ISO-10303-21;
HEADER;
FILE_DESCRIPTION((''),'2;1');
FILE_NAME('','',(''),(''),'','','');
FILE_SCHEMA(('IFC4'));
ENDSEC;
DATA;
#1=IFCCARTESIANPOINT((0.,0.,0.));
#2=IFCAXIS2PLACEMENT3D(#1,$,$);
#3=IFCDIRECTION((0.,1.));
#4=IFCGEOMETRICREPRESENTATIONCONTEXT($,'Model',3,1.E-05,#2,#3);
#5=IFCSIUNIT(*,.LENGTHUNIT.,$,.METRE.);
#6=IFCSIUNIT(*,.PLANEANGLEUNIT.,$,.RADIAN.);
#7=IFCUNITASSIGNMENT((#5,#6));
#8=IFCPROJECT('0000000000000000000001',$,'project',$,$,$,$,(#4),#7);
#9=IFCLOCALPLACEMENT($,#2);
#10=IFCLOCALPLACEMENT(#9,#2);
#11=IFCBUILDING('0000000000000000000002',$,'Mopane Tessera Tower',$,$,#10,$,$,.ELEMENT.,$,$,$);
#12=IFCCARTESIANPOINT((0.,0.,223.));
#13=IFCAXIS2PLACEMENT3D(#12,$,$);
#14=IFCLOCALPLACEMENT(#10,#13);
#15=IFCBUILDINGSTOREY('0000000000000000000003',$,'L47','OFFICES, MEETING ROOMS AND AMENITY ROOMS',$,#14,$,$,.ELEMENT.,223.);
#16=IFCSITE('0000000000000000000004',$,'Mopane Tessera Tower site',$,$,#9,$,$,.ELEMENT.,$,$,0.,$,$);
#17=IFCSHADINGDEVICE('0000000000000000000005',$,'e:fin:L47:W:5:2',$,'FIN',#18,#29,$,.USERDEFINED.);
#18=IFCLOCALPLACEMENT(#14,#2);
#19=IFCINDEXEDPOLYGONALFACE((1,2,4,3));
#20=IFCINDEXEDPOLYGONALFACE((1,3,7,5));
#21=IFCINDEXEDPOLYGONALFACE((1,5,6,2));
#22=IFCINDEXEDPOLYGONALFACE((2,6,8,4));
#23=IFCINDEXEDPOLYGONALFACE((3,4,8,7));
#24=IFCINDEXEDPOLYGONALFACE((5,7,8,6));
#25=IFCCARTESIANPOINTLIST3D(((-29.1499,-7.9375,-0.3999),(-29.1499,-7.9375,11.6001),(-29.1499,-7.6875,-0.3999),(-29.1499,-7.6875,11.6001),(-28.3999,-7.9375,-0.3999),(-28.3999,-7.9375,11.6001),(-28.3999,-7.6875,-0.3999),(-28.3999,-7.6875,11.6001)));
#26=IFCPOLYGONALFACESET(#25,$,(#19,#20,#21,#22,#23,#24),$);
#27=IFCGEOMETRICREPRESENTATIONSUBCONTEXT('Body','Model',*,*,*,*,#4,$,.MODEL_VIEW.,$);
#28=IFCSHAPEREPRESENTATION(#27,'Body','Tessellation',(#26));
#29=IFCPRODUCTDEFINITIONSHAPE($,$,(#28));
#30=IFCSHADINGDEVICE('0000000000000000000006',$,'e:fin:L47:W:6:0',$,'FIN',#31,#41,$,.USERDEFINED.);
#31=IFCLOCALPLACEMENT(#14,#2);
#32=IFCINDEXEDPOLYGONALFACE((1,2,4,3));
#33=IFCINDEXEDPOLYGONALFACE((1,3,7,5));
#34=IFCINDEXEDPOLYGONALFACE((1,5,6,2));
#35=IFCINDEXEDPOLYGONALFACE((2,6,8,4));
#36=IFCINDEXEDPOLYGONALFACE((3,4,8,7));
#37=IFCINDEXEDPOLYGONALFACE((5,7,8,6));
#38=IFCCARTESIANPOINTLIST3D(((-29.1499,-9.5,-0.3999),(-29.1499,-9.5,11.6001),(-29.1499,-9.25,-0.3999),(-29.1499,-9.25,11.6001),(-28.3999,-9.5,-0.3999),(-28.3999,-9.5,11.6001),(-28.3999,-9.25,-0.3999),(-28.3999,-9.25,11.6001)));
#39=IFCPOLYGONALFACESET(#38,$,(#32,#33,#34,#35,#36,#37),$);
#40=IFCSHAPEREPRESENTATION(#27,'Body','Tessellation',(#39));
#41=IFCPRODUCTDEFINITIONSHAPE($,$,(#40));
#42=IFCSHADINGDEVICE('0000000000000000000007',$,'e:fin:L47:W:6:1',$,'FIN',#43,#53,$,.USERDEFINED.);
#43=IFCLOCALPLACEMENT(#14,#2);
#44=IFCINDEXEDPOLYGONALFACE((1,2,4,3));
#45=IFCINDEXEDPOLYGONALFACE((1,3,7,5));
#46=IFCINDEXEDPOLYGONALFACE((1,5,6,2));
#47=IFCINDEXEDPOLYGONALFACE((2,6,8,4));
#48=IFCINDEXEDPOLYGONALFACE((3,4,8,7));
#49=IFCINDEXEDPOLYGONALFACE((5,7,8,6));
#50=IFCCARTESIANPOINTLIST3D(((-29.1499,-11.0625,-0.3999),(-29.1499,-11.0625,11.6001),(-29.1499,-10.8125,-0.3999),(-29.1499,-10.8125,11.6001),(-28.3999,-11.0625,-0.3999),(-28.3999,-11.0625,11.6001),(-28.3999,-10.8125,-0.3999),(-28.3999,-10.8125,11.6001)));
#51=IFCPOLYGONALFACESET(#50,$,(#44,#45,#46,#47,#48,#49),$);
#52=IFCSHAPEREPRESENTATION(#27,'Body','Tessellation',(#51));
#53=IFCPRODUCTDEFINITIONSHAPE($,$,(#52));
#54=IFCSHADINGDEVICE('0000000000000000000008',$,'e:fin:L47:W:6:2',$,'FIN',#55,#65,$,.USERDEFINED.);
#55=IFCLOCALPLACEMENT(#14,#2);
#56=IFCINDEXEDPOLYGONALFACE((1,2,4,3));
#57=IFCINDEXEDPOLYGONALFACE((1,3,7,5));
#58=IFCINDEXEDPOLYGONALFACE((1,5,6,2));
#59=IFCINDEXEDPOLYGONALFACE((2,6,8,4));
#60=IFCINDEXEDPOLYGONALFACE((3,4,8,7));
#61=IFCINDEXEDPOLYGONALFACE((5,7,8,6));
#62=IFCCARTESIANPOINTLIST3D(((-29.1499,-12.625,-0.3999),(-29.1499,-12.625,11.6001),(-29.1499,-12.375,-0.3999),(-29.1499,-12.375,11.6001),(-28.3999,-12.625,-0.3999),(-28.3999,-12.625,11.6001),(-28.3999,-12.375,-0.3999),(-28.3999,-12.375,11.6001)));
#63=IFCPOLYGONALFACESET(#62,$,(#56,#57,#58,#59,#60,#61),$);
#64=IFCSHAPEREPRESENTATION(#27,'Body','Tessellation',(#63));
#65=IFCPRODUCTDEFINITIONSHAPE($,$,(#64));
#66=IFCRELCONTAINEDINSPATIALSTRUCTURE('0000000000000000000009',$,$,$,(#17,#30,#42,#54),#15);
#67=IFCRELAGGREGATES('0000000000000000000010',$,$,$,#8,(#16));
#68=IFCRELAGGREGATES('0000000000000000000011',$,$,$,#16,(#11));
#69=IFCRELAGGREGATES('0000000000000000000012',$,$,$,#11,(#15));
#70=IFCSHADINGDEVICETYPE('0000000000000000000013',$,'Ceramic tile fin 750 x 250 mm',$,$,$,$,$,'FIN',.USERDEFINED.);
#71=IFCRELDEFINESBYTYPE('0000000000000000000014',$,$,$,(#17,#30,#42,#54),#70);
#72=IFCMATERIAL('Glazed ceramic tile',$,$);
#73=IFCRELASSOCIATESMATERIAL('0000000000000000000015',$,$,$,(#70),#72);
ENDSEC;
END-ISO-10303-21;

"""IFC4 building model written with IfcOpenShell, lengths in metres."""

from ifc_helpers import new_model, si_unit, direction, frame, origin, origin_2d, place, context, subcontext, project, spatial, rectangle, extrude, material, type_object, element, save


model = new_model("IFC4")

# Units and contexts
model_context = context("Model", 3, precision=1e-05, world=origin(), true_north=direction((0.0, 1.0)))
body_context = subcontext(model_context, "Body", "Model", "MODEL_VIEW")
ifc_project = project(units=[si_unit("LENGTHUNIT", "METRE"), si_unit("PLANEANGLEUNIT", "RADIAN")], contexts=[model_context])

# Site, building, storey
site_placement = place(None, origin())
site = spatial("IfcSite", under=ifc_project, at=site_placement, Name="Mopane Tessera Tower site", CompositionType="ELEMENT", RefElevation=0.0)
building_placement = place(site_placement, origin())
building = spatial("IfcBuilding", under=site, at=building_placement, Name="Mopane Tessera Tower", CompositionType="ELEMENT")
storey_placement = place(building_placement, frame((0.0, 0.0, 223.0)))
storey = spatial("IfcBuildingStorey", under=building, at=storey_placement, Name="L47", Description="OFFICES, MEETING ROOMS AND AMENITY ROOMS", CompositionType="ELEMENT", Elevation=223.0)

# Shading devices
ifc_material_1 = material(Name="Glazed ceramic tile")
shading_device_type = type_object("IfcShadingDeviceType", Name="Ceramic tile fin 750 x 250 mm", ElementType="FIN", PredefinedType="USERDEFINED", material=ifc_material_1)
for number, where, z_axis, x_axis, name in (
    (1, (-28.7749, -7.8125, -0.3999), (0.0, 0.0, 1.0), (0.0, -1.0, 0.0), "e:fin:L47:W:5:2"),
    (2, (-28.7749, -9.375, -0.3999), (0.0, 0.0, 1.0), (0.0, -1.0, 0.0), "e:fin:L47:W:6:0"),
    (3, (-28.7749, -10.9375, -0.3999), (0.0, 0.0, 1.0), (0.0, -1.0, 0.0), "e:fin:L47:W:6:1"),
    (4, (-28.7749, -12.5, -0.3999), (0.0, 0.0, 1.0), (0.0, -1.0, 0.0), "e:fin:L47:W:6:2"),
):
    element("IfcShadingDevice", number, at=place(storey_placement, frame(where, z_axis=z_axis, x_axis=x_axis)), inside=storey, type_object=shading_device_type, Name=name, ObjectType="FIN", PredefinedType="USERDEFINED", context=body_context, shape_type="SweptSolid", body=[
        extrude(rectangle(XDim=0.25, YDim=0.75, at=origin_2d()), origin(), (0.0, 0.0, 1.0), 12.0),
    ])

save(model, "model.ifc")
